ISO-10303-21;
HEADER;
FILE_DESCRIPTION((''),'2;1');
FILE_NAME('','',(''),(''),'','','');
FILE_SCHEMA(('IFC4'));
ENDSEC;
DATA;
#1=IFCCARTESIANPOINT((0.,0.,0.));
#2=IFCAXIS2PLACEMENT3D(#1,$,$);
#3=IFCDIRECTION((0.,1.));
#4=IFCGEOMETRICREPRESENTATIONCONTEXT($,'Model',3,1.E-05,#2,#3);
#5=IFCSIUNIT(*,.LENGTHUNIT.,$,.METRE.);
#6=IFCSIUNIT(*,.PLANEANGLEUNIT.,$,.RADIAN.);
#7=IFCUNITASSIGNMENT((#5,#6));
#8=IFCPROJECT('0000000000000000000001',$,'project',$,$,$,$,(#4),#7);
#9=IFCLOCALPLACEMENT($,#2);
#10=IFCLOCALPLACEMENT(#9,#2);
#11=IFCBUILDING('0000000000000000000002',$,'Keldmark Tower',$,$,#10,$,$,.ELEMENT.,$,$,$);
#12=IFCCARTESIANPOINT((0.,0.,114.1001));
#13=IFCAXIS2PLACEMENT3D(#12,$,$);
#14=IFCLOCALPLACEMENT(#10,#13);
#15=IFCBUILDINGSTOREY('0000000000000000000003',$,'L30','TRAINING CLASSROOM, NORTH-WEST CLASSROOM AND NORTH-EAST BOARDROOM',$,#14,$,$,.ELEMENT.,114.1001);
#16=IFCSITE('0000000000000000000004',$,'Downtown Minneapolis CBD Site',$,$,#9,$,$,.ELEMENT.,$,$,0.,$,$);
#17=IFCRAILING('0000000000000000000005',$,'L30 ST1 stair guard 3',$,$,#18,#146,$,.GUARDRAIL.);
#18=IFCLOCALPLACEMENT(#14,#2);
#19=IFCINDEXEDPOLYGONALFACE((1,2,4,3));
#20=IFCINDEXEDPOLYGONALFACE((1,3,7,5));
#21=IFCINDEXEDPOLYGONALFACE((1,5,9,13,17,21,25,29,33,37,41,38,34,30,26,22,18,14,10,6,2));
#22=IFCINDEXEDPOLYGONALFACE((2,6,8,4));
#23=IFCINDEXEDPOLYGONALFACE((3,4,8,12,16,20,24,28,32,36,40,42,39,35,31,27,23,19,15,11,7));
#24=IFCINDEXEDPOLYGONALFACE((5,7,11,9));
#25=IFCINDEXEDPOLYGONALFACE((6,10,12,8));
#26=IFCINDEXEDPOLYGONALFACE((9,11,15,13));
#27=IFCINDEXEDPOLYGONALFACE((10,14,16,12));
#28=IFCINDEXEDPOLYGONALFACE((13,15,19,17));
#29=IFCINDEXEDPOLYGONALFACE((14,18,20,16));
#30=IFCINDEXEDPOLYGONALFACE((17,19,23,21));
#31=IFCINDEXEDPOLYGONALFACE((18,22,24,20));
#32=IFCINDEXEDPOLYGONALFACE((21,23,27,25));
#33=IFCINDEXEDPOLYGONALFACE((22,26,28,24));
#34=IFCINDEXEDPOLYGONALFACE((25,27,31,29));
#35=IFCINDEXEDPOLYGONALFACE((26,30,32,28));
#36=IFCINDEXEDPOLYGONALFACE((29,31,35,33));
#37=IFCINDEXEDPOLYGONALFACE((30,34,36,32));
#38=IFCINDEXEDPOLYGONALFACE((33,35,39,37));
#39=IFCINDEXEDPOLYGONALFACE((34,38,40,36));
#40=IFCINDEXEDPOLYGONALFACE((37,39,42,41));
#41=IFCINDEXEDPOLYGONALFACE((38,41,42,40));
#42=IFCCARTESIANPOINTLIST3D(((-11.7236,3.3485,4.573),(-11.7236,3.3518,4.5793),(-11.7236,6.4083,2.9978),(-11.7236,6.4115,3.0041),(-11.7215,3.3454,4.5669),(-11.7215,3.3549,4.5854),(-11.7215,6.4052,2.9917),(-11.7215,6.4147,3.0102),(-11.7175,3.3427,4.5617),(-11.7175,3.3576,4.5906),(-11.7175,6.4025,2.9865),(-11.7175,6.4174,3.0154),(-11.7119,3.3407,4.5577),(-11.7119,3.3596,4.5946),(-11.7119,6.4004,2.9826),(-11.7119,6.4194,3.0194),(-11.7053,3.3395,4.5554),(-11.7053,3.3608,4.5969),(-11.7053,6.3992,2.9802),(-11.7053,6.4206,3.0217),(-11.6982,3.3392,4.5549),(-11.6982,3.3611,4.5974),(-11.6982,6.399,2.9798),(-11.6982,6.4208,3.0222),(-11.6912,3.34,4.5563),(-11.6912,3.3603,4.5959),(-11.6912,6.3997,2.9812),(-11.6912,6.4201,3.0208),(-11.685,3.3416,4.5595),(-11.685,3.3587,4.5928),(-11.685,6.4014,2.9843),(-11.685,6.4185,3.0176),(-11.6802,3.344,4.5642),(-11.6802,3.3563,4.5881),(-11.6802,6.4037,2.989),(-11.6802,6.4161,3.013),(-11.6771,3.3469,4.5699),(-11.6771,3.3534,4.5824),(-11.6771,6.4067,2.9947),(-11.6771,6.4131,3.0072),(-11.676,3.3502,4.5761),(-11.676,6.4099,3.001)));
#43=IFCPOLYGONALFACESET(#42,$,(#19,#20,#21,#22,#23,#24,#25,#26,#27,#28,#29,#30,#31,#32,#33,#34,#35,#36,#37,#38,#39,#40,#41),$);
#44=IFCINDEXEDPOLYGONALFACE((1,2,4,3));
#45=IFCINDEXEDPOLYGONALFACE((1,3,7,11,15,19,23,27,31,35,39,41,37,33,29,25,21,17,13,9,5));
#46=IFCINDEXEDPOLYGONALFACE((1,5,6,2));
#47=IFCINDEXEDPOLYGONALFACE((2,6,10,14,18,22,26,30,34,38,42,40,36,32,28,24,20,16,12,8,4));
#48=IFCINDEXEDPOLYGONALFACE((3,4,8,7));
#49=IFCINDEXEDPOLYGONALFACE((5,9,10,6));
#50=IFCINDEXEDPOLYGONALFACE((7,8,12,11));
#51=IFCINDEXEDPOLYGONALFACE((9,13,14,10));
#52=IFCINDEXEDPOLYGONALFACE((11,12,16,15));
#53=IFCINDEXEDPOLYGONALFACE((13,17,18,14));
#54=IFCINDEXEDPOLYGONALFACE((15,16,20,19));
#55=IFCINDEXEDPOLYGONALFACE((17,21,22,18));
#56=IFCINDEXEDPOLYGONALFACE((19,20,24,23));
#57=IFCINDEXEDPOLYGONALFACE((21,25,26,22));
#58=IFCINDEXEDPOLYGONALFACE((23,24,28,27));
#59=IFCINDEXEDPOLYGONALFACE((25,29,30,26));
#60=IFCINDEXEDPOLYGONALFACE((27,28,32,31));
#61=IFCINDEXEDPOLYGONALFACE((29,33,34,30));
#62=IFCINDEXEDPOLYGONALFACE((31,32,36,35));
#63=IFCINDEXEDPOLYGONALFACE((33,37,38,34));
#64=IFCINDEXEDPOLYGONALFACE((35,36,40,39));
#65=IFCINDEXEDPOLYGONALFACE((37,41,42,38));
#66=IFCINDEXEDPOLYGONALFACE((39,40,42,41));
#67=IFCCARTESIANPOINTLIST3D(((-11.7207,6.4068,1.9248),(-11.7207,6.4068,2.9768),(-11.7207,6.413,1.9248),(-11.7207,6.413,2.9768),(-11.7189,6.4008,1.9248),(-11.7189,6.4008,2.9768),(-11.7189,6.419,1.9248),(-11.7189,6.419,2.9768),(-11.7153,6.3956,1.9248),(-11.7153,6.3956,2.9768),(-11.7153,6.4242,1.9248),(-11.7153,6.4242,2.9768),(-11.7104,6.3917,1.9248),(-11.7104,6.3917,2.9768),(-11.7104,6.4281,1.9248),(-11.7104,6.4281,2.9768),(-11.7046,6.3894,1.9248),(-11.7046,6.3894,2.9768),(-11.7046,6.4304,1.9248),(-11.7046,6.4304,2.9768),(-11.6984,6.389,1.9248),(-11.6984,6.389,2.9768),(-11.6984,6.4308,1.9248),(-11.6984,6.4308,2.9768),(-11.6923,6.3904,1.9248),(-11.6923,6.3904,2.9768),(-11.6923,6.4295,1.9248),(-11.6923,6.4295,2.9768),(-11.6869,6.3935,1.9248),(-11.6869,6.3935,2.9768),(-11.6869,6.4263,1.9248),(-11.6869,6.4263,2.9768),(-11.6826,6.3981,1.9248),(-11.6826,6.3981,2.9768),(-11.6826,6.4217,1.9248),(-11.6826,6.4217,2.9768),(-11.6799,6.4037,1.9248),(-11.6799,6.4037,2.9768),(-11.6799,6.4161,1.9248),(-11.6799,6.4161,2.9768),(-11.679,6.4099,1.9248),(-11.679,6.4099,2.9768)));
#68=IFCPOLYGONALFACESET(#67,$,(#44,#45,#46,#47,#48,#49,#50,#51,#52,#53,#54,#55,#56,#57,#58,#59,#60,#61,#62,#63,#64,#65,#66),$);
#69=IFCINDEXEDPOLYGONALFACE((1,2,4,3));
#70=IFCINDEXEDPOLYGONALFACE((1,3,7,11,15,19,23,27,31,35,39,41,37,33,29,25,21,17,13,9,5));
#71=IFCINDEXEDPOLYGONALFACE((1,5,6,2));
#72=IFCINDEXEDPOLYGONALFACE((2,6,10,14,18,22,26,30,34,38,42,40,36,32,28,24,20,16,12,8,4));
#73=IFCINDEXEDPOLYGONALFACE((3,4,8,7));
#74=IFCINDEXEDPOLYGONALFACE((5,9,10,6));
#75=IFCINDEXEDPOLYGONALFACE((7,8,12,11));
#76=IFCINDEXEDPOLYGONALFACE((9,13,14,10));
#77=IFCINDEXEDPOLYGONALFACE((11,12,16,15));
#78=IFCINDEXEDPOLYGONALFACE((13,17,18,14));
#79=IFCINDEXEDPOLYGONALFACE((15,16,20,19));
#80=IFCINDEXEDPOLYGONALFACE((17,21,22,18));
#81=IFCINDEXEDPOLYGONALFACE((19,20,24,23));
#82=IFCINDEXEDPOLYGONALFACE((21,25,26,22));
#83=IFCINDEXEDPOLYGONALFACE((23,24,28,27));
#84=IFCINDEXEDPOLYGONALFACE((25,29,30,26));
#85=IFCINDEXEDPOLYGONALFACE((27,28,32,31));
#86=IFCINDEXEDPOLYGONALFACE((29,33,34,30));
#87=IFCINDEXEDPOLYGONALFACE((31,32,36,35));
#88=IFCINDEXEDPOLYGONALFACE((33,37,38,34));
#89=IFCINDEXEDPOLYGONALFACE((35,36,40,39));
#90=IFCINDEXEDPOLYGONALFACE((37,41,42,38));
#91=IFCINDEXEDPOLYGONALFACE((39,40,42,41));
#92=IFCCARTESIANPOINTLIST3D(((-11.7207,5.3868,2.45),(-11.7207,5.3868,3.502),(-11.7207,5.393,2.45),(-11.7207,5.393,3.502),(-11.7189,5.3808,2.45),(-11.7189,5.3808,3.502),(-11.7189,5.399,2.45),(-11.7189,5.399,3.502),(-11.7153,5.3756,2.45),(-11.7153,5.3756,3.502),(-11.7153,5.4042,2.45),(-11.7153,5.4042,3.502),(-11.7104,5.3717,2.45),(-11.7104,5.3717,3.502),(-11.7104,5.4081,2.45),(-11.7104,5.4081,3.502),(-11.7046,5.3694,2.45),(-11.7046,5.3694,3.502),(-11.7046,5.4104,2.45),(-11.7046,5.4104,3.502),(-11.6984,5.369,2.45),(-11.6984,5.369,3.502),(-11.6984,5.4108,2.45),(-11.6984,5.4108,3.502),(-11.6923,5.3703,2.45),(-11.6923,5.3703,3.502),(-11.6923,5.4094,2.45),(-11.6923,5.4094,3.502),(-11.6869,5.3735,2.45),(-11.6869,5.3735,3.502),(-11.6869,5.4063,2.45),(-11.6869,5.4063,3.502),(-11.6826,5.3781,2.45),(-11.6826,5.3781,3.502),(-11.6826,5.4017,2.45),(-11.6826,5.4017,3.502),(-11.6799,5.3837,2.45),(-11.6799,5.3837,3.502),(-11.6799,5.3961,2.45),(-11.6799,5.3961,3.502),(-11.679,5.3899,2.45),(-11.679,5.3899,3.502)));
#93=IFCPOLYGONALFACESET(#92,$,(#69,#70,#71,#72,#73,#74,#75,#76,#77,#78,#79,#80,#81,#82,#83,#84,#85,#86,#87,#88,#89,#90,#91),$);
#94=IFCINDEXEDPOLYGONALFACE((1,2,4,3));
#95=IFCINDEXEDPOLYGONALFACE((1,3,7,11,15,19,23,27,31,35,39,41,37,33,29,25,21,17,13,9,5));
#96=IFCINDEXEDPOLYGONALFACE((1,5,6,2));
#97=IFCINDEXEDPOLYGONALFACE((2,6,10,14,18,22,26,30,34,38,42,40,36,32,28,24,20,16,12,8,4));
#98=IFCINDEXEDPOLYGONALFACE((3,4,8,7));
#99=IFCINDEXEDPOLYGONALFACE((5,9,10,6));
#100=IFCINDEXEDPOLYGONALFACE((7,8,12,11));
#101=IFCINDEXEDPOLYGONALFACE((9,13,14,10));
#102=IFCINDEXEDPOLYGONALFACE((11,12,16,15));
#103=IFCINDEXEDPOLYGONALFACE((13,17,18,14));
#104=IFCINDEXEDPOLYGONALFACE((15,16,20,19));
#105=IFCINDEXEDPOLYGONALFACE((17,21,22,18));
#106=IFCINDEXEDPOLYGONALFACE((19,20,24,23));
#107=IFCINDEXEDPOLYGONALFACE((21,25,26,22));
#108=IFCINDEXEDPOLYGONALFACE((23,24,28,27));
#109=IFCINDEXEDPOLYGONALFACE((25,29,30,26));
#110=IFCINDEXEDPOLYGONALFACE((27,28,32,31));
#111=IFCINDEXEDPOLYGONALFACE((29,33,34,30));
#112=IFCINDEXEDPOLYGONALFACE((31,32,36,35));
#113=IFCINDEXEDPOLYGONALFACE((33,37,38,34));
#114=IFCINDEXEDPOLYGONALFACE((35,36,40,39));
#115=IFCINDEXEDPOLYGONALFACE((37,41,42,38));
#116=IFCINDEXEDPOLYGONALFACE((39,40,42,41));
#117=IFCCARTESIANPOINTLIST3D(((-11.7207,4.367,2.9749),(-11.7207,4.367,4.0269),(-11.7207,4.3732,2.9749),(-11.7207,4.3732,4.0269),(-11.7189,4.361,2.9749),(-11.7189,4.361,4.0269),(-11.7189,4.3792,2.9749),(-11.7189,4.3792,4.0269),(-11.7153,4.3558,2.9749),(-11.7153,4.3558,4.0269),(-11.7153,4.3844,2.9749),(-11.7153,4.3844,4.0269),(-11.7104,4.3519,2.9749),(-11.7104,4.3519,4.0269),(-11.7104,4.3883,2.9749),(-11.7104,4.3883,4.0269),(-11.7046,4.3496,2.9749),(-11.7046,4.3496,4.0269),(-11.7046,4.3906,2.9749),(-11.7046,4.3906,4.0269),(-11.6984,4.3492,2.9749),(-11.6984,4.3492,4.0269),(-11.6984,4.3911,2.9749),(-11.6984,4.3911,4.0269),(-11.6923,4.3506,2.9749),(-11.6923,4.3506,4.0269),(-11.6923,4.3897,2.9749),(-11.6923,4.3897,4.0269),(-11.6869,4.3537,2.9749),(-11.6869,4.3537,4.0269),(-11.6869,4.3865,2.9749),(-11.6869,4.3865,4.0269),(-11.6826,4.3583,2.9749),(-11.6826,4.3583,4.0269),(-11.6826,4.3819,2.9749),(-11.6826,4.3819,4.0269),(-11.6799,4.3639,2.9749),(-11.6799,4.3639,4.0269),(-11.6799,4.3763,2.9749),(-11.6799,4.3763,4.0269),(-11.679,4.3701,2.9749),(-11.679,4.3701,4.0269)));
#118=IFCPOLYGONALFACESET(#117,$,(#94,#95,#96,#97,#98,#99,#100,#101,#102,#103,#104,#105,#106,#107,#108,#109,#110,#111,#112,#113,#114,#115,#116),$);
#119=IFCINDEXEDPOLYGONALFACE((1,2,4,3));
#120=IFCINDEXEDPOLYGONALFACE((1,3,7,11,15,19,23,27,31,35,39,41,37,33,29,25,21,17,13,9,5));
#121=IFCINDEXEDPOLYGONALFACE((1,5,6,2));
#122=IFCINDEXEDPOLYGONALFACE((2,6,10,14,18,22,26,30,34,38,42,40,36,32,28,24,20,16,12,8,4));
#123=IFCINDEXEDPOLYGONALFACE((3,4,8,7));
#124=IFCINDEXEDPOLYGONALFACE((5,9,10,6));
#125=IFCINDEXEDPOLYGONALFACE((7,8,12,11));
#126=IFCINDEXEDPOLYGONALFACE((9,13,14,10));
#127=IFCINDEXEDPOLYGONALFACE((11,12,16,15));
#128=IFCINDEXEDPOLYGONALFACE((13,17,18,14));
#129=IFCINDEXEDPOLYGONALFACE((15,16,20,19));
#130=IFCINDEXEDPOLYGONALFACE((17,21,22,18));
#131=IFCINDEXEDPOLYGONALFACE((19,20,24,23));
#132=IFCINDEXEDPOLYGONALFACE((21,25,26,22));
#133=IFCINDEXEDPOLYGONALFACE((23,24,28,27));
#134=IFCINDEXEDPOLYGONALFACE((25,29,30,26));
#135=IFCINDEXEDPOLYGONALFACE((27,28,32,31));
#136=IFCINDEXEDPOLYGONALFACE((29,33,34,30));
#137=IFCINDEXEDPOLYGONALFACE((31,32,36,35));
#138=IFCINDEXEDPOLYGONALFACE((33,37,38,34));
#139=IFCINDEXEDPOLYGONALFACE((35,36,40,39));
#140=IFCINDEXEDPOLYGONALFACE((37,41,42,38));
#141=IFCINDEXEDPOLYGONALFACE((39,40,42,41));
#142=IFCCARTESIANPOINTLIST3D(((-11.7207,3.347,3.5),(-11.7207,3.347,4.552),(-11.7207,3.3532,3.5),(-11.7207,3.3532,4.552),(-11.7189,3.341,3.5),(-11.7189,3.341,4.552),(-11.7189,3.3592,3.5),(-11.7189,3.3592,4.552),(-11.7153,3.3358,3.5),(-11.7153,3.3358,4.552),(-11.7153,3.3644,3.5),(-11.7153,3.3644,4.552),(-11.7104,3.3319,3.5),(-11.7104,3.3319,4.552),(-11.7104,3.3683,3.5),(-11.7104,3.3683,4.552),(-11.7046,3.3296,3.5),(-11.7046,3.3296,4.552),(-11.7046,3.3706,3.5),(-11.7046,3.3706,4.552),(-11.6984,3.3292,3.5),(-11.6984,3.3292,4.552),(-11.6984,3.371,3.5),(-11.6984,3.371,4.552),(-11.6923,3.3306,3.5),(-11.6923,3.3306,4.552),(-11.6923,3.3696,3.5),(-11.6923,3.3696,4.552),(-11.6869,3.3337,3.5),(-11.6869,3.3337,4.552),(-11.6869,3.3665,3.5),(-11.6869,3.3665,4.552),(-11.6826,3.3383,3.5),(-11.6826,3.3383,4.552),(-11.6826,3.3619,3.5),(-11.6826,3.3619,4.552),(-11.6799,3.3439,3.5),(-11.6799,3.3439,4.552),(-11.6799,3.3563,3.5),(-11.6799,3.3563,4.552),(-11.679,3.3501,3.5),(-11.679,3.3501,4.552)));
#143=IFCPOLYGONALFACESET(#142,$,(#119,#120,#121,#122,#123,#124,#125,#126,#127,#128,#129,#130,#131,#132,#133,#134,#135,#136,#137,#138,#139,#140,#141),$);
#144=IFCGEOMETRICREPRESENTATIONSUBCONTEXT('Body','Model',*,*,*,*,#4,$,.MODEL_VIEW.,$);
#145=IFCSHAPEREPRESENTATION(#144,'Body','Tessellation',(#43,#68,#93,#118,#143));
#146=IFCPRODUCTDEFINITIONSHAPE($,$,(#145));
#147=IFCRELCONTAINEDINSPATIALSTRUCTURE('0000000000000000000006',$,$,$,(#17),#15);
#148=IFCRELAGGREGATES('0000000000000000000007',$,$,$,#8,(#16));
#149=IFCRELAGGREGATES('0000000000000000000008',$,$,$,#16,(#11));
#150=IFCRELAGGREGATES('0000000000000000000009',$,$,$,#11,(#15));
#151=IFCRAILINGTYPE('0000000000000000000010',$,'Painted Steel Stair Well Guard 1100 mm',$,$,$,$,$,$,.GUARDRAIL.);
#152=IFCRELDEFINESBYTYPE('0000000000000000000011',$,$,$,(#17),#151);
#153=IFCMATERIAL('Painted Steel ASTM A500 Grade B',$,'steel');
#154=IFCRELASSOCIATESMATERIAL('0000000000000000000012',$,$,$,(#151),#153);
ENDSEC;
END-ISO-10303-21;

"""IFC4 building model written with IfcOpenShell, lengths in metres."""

from ifc_helpers import new_model, si_unit, direction, frame, origin, origin_2d, place, context, subcontext, project, spatial, circle, extrude, material, type_object, element, save


model = new_model("IFC4")

# Units and contexts
model_context = context("Model", 3, precision=1e-05, world=origin(), true_north=direction((0.0, 1.0)))
body_context = subcontext(model_context, "Body", "Model", "MODEL_VIEW")
ifc_project = project(units=[si_unit("LENGTHUNIT", "METRE"), si_unit("PLANEANGLEUNIT", "RADIAN")], contexts=[model_context])

# Site, building, storey
site_placement = place(None, origin())
site = spatial("IfcSite", under=ifc_project, at=site_placement, Name="Downtown Minneapolis CBD Site", CompositionType="ELEMENT", RefElevation=0.0)
building_placement = place(site_placement, origin())
building = spatial("IfcBuilding", under=site, at=building_placement, Name="Keldmark Tower", CompositionType="ELEMENT")
storey_placement = place(building_placement, frame((0.0, 0.0, 114.1001)))
storey = spatial("IfcBuildingStorey", under=building, at=storey_placement, Name="L30", Description="TRAINING CLASSROOM, NORTH-WEST CLASSROOM AND NORTH-EAST BOARDROOM", CompositionType="ELEMENT", Elevation=114.1001)

# Railing
ifc_material_1 = material(Name="Painted Steel ASTM A500 Grade B", Category="steel")
railing_type_1 = type_object("IfcRailingType", Name="Painted Steel Stair Well Guard 1100 mm", PredefinedType="GUARDRAIL", material=ifc_material_1)
railing_1_placement = place(storey_placement, frame((-11.7, 6.4099, 1.9248)))
element("IfcRailing", 1, at=railing_1_placement, inside=storey, type_object=railing_type_1, Name="L30 ST1 stair guard 3", PredefinedType="GUARDRAIL", context=body_context, shape_type="SweptSolid", body=[
    extrude(circle(Radius=0.0239, at=origin_2d()), frame((0.0, 0.0, 1.0762), z_axis=(0.0, -0.889101, 0.45771), x_axis=(1.0, 0.0, 0.0)), (0.0, 0.0, 1.0), 3.4414),
    extrude(circle(Radius=0.021, at=origin_2d()), origin(), (0.0, 0.0, 1.0), 1.052),
    extrude(circle(Radius=0.021, at=origin_2d()), frame((0.0, -1.02, 0.5251)), (0.0, 0.0, 1.0), 1.052),
    extrude(circle(Radius=0.021, at=origin_2d()), frame((0.0, -2.0398, 1.05)), (0.0, 0.0, 1.0), 1.052),
    extrude(circle(Radius=0.021, at=origin_2d()), frame((0.0, -3.0598, 1.5752)), (0.0, 0.0, 1.0), 1.052),
])

save(model, "model.ifc")
